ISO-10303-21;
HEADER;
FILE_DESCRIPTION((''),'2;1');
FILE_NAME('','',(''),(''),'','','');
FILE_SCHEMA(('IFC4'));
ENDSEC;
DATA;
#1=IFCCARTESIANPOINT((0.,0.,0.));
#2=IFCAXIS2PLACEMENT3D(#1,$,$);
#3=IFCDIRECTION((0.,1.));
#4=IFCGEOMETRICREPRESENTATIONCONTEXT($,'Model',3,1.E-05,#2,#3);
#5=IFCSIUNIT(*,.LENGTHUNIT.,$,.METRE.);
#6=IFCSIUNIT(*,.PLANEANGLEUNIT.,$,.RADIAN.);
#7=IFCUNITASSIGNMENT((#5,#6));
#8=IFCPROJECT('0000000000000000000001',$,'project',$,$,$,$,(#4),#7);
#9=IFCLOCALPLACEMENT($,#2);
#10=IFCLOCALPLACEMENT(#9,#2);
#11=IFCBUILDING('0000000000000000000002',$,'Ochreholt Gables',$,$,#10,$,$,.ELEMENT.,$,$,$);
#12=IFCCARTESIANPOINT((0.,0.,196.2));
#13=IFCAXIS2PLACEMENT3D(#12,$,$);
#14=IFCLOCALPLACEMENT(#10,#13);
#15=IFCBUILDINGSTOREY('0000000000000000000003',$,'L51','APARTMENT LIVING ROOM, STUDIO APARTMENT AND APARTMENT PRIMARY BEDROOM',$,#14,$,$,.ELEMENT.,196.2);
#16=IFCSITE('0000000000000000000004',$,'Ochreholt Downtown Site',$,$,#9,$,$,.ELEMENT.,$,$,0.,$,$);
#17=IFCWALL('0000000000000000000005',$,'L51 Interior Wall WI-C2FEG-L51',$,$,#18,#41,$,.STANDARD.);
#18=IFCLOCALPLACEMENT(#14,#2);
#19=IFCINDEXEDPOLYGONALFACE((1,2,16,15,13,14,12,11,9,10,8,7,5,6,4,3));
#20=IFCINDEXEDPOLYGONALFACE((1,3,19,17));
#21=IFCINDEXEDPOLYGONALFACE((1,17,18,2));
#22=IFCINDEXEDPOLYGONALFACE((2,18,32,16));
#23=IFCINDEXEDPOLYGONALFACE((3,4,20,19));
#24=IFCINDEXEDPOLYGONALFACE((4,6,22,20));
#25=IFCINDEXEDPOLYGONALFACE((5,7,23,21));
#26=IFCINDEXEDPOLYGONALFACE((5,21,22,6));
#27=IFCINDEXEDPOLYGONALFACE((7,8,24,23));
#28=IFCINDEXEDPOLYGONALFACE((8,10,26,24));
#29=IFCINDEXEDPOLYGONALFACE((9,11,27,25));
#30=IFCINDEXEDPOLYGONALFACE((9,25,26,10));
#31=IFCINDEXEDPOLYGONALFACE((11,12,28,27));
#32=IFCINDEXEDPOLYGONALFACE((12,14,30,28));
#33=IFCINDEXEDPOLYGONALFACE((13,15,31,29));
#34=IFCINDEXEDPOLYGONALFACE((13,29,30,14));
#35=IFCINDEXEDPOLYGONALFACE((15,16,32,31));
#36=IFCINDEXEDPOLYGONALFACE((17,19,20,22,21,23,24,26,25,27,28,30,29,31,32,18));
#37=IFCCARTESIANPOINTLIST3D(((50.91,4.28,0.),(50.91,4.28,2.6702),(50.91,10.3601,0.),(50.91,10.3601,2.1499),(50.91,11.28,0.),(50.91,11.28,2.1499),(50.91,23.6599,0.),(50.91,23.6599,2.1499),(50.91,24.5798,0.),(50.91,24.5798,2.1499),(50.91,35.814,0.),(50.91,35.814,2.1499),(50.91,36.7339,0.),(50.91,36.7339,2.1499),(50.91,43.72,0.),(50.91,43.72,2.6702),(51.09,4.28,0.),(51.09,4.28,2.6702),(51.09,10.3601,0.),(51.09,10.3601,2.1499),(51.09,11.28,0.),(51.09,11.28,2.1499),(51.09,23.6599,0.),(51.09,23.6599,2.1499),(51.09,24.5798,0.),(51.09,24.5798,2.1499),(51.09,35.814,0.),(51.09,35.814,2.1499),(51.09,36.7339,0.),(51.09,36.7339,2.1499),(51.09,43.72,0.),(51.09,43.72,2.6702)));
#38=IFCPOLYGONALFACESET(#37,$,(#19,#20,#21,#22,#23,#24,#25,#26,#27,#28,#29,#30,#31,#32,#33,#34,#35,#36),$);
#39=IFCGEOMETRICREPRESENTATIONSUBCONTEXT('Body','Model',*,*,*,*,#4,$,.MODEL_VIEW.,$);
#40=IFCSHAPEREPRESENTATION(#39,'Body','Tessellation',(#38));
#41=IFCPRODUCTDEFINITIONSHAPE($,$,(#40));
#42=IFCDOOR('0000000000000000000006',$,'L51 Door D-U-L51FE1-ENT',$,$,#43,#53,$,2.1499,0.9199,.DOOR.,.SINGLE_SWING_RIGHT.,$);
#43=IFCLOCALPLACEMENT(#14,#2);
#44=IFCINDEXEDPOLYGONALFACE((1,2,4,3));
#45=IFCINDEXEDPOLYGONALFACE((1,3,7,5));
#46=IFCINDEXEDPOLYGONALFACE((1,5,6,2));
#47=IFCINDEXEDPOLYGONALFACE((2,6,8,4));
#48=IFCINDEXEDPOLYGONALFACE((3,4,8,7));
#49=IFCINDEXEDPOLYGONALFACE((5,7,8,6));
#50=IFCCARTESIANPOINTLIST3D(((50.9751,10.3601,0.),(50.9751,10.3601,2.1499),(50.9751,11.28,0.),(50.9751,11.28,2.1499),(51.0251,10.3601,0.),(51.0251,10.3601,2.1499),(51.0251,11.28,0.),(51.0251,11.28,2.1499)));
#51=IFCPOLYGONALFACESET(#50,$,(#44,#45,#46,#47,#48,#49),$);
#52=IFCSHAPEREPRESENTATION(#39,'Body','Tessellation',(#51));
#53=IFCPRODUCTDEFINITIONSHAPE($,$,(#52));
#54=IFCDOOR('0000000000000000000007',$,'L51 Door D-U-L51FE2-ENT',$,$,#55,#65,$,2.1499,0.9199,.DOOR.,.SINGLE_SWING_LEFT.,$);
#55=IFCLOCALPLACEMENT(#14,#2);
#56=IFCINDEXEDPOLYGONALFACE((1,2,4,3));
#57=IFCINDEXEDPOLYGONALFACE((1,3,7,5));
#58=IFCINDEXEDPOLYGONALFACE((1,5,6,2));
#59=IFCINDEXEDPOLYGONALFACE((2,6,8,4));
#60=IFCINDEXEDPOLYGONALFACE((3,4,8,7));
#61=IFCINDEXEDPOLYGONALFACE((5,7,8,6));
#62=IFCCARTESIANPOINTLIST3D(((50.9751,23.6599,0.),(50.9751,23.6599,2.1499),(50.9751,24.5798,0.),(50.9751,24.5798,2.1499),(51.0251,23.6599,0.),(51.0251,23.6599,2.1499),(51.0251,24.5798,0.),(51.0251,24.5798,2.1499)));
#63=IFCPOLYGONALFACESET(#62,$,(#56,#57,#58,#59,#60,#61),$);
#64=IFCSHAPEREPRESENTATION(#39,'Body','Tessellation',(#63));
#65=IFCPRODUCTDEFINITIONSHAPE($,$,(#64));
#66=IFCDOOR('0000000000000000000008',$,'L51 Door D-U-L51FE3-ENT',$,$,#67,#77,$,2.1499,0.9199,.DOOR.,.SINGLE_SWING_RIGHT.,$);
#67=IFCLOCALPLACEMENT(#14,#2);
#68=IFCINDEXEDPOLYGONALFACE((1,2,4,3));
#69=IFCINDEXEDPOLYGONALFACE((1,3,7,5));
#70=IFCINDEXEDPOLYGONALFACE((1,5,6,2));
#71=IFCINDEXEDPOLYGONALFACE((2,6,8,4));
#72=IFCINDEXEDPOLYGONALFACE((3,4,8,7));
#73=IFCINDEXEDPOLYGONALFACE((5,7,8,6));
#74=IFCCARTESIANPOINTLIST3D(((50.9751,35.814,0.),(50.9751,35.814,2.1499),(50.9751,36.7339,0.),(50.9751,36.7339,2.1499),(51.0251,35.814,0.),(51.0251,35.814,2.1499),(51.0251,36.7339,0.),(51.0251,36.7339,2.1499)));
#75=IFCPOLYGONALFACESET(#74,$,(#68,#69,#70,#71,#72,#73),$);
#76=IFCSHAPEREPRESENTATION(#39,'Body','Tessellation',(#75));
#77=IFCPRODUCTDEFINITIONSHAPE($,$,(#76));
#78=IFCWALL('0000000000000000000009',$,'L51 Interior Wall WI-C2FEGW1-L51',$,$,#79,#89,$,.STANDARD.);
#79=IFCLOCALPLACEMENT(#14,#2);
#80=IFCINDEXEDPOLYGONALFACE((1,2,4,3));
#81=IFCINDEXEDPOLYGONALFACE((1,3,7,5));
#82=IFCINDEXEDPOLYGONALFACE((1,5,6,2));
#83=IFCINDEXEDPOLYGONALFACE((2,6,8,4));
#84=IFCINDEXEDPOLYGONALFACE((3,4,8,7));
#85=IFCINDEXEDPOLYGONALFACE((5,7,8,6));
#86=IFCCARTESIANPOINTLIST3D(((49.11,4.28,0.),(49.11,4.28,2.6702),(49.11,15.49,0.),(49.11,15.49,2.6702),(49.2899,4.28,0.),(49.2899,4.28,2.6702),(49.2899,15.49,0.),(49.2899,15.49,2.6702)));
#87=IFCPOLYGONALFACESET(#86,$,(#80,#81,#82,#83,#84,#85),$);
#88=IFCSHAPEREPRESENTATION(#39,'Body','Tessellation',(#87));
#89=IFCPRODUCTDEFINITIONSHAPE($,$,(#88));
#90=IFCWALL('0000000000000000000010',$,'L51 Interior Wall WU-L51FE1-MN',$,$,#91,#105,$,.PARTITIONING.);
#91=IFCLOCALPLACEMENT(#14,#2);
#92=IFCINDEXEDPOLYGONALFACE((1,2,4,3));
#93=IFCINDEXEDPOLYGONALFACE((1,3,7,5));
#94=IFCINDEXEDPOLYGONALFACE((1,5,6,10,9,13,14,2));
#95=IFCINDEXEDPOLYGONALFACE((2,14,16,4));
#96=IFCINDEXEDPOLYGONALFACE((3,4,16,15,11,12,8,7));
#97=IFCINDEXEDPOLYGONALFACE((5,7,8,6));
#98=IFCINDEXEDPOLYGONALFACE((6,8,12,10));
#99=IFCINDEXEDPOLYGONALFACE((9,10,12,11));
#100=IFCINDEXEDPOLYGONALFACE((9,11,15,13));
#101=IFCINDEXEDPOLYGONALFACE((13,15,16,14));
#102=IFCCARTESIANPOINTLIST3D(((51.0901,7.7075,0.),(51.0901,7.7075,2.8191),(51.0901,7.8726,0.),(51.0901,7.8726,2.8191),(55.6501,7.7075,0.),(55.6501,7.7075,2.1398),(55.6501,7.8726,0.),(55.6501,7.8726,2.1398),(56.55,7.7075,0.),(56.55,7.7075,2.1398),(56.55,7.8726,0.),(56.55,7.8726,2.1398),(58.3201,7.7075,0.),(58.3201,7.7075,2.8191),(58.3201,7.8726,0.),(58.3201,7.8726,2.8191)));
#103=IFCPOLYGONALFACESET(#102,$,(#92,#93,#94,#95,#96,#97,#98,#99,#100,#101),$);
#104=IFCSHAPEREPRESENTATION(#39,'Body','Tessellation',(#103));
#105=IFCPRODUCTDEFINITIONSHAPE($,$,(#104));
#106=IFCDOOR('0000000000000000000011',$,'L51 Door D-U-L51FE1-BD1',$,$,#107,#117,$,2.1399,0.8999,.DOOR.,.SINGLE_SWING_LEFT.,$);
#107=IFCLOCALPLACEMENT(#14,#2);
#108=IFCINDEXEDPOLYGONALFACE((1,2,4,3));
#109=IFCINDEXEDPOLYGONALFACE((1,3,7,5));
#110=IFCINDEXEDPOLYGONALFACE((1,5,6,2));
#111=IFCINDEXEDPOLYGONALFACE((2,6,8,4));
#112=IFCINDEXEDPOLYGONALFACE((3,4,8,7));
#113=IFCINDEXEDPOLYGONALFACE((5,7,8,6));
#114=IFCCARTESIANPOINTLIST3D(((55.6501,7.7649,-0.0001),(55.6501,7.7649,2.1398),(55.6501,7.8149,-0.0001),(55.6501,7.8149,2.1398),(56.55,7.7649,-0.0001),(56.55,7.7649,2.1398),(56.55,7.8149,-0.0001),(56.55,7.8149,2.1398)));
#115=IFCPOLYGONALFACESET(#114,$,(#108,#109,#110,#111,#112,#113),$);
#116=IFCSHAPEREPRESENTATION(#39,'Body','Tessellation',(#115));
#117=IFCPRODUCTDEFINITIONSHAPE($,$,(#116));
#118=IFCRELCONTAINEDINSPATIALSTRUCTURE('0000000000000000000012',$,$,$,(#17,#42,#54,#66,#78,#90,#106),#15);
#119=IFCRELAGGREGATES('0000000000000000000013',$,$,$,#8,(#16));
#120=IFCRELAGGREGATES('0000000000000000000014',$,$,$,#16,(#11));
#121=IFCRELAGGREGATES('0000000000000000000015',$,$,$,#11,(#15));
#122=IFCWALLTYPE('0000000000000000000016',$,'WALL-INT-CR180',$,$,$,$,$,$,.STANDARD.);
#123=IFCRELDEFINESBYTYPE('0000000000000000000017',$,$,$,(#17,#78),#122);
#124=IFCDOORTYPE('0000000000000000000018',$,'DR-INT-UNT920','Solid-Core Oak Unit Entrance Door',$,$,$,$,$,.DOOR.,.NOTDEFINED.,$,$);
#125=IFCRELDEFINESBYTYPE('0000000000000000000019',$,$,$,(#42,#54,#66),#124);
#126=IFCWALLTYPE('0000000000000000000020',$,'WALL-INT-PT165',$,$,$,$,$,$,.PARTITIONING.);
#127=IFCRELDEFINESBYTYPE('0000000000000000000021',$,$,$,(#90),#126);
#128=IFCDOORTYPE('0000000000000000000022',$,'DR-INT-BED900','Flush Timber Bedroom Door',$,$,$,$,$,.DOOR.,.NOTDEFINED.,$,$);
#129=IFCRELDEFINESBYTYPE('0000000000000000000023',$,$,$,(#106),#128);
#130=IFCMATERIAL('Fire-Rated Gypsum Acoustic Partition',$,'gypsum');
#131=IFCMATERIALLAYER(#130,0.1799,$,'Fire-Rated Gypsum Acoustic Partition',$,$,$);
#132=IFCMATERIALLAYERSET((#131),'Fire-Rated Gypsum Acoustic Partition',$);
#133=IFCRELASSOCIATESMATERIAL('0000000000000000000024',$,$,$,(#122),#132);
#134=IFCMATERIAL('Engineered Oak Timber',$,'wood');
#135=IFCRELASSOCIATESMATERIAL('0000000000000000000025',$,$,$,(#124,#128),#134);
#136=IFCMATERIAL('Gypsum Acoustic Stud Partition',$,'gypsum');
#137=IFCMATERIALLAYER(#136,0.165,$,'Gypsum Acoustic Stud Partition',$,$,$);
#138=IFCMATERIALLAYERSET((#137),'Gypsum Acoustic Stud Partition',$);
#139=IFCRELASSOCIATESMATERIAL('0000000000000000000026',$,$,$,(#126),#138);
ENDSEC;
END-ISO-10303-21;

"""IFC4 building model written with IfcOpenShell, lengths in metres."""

from ifc_helpers import new_model, si_unit, direction, frame, frame_2d, origin, place, context, subcontext, project, spatial, rectangle, extrude, material, layer, layer_set, type_object, element, fill, save


model = new_model("IFC4")

# Units and contexts
model_context = context("Model", 3, precision=1e-05, world=origin(), true_north=direction((0.0, 1.0)))
body_context = subcontext(model_context, "Body", "Model", "MODEL_VIEW")
ifc_project = project(units=[si_unit("LENGTHUNIT", "METRE"), si_unit("PLANEANGLEUNIT", "RADIAN")], contexts=[model_context])

# Site, building, storey
site_placement = place(None, origin())
site = spatial("IfcSite", under=ifc_project, at=site_placement, Name="Ochreholt Downtown Site", CompositionType="ELEMENT", RefElevation=0.0)
building_placement = place(site_placement, origin())
building = spatial("IfcBuilding", under=site, at=building_placement, Name="Ochreholt Gables", CompositionType="ELEMENT")
storey_placement = place(building_placement, frame((0.0, 0.0, 196.2)))
storey = spatial("IfcBuildingStorey", under=building, at=storey_placement, Name="L51", Description="APARTMENT LIVING ROOM, STUDIO APARTMENT AND APARTMENT PRIMARY BEDROOM", CompositionType="ELEMENT", Elevation=196.2)

# Wall, openings, doors
ifc_material_1 = material(Name="Fire-Rated Gypsum Acoustic Partition", Category="gypsum")
ifc_layer_1 = layer(ifc_material_1, 0.1799, Name="Fire-Rated Gypsum Acoustic Partition")
ifc_layer_set_1 = layer_set([ifc_layer_1], Name="Fire-Rated Gypsum Acoustic Partition")
wall_type_1 = type_object("IfcWallType", Name="WALL-INT-CR180", PredefinedType="STANDARD", material=ifc_layer_set_1)
wall_1_placement = place(storey_placement, frame((51.0, 4.28, 0.0), z_axis=(0.0, 0.0, 1.0), x_axis=(0.0, 1.0, 0.0)))
wall_1 = element("IfcWall", 1, at=wall_1_placement, inside=storey, type_object=wall_type_1, Name="L51 Interior Wall WI-C2FEG-L51", PredefinedType="STANDARD", context=body_context, shape_type="SweptSolid", body=[
    extrude(rectangle(XDim=39.4399, YDim=0.1799, at=frame_2d((19.72, 0.0))), origin(), (0.0, 0.0, 1.0), 2.6702),
])
opening_1_placement = place(wall_1_placement, frame((6.0801, 0.0, 0.0)))
opening_1 = element("IfcOpeningElement", 2, at=opening_1_placement, cuts=wall_1, PredefinedType="OPENING", context=body_context, shape_type="SweptSolid", body=[
    extrude(rectangle(XDim=0.9199, YDim=2.1499, at=frame_2d((0.46, 1.075))), frame((0.0, 0.0999, 0.0), z_axis=(0.0, -1.0, 0.0), x_axis=(1.0, 0.0, 0.0)), (0.0, 0.0, 1.0), 0.2),
])
opening_2_placement = place(wall_1_placement, frame((19.3799, 0.0, 0.0)))
opening_2 = element("IfcOpeningElement", 3, at=opening_2_placement, cuts=wall_1, PredefinedType="OPENING", context=body_context, shape_type="SweptSolid", body=[
    extrude(rectangle(XDim=0.9199, YDim=2.1499, at=frame_2d((0.46, 1.075))), frame((0.0, 0.0999, 0.0), z_axis=(0.0, -1.0, 0.0), x_axis=(1.0, 0.0, 0.0)), (0.0, 0.0, 1.0), 0.2),
])
opening_3_placement = place(wall_1_placement, frame((31.5339, 0.0, 0.0)))
opening_3 = element("IfcOpeningElement", 4, at=opening_3_placement, cuts=wall_1, PredefinedType="OPENING", context=body_context, shape_type="SweptSolid", body=[
    extrude(rectangle(XDim=0.9199, YDim=2.1499, at=frame_2d((0.46, 1.075))), frame((0.0, 0.0999, 0.0), z_axis=(0.0, -1.0, 0.0), x_axis=(1.0, 0.0, 0.0)), (0.0, 0.0, 1.0), 0.2),
])
ifc_material_2 = material(Name="Engineered Oak Timber", Category="wood")
door_type_1 = type_object("IfcDoorType", Name="DR-INT-UNT920", Description="Solid-Core Oak Unit Entrance Door", OperationType="NOTDEFINED", PredefinedType="DOOR", material=ifc_material_2)
door_1_placement = place(opening_1_placement, origin())
door_1 = element("IfcDoor", 5, at=door_1_placement, inside=storey, type_object=door_type_1, Name="L51 Door D-U-L51FE1-ENT", OperationType="SINGLE_SWING_RIGHT", OverallHeight=2.1499, OverallWidth=0.9199, PredefinedType="DOOR", context=body_context, shape_type="SweptSolid", body=[
    extrude(rectangle(XDim=0.9199, YDim=2.1499, at=frame_2d((0.46, 1.075))), frame((0.0, 0.0249, 0.0), z_axis=(0.0, -1.0, 0.0), x_axis=(1.0, 0.0, 0.0)), (0.0, 0.0, 1.0), 0.05),
])
fill(opening_1, door_1)
door_2_placement = place(opening_2_placement, origin())
door_2 = element("IfcDoor", 6, at=door_2_placement, inside=storey, type_object=door_type_1, Name="L51 Door D-U-L51FE2-ENT", OperationType="SINGLE_SWING_LEFT", OverallHeight=2.1499, OverallWidth=0.9199, PredefinedType="DOOR", context=body_context, shape_type="SweptSolid", body=[
    extrude(rectangle(XDim=0.9199, YDim=2.1499, at=frame_2d((0.46, 1.075))), frame((0.0, 0.0249, 0.0), z_axis=(0.0, -1.0, 0.0), x_axis=(1.0, 0.0, 0.0)), (0.0, 0.0, 1.0), 0.05),
])
fill(opening_2, door_2)
door_3_placement = place(opening_3_placement, origin())
door_3 = element("IfcDoor", 7, at=door_3_placement, inside=storey, type_object=door_type_1, Name="L51 Door D-U-L51FE3-ENT", OperationType="SINGLE_SWING_RIGHT", OverallHeight=2.1499, OverallWidth=0.9199, PredefinedType="DOOR", context=body_context, shape_type="SweptSolid", body=[
    extrude(rectangle(XDim=0.9199, YDim=2.1499, at=frame_2d((0.46, 1.075))), frame((0.0, 0.0249, 0.0), z_axis=(0.0, -1.0, 0.0), x_axis=(1.0, 0.0, 0.0)), (0.0, 0.0, 1.0), 0.05),
])
fill(opening_3, door_3)

# Wall
wall_2_placement = place(storey_placement, frame((49.2, 4.28, 0.0), z_axis=(0.0, 0.0, 1.0), x_axis=(0.0, 1.0, 0.0)))
element("IfcWall", 8, at=wall_2_placement, inside=storey, type_object=wall_type_1, Name="L51 Interior Wall WI-C2FEGW1-L51", PredefinedType="STANDARD", context=body_context, shape_type="SweptSolid", body=[
    extrude(rectangle(XDim=11.21, YDim=0.1799, at=frame_2d((5.605, 0.0))), origin(), (0.0, 0.0, 1.0), 2.6702),
])

# Wall, opening, door
ifc_material_3 = material(Name="Gypsum Acoustic Stud Partition", Category="gypsum")
ifc_layer_2 = layer(ifc_material_3, 0.165, Name="Gypsum Acoustic Stud Partition")
ifc_layer_set_2 = layer_set([ifc_layer_2], Name="Gypsum Acoustic Stud Partition")
wall_type_2 = type_object("IfcWallType", Name="WALL-INT-PT165", PredefinedType="PARTITIONING", material=ifc_layer_set_2)
wall_3_placement = place(storey_placement, frame((51.0901, 7.79, 0.0), z_axis=(0.0, 0.0, 1.0), x_axis=(1.0, 0.0, 0.0)))
wall_3 = element("IfcWall", 9, at=wall_3_placement, inside=storey, type_object=wall_type_2, Name="L51 Interior Wall WU-L51FE1-MN", PredefinedType="PARTITIONING", context=body_context, shape_type="SweptSolid", body=[
    extrude(rectangle(XDim=7.23, YDim=0.165, at=frame_2d((3.615, 0.0))), origin(), (0.0, 0.0, 1.0), 2.8191),
])
opening_4_placement = place(wall_3_placement, frame((4.5601, 0.0, 0.0)))
opening_4 = element("IfcOpeningElement", 10, at=opening_4_placement, cuts=wall_3, PredefinedType="OPENING", context=body_context, shape_type="SweptSolid", body=[
    extrude(rectangle(XDim=0.8999, YDim=2.1399, at=frame_2d((0.45, 1.0698))), frame((0.0, 0.0925, 0.0), z_axis=(0.0, -1.0, 0.0), x_axis=(1.0, 0.0, 0.0)), (0.0, 0.0, 1.0), 0.1851),
])
door_type_2 = type_object("IfcDoorType", Name="DR-INT-BED900", Description="Flush Timber Bedroom Door", OperationType="NOTDEFINED", PredefinedType="DOOR", material=ifc_material_2)
door_4_placement = place(opening_4_placement, origin())
door_4 = element("IfcDoor", 11, at=door_4_placement, inside=storey, type_object=door_type_2, Name="L51 Door D-U-L51FE1-BD1", OperationType="SINGLE_SWING_LEFT", OverallHeight=2.1399, OverallWidth=0.8999, PredefinedType="DOOR", context=body_context, shape_type="SweptSolid", body=[
    extrude(rectangle(XDim=0.8999, YDim=2.1399, at=frame_2d((0.45, 1.0698))), frame((0.0, 0.0249, 0.0), z_axis=(0.0, -1.0, 0.0), x_axis=(1.0, 0.0, 0.0)), (0.0, 0.0, 1.0), 0.05),
])
fill(opening_4, door_4)

save(model, "model.ifc")
